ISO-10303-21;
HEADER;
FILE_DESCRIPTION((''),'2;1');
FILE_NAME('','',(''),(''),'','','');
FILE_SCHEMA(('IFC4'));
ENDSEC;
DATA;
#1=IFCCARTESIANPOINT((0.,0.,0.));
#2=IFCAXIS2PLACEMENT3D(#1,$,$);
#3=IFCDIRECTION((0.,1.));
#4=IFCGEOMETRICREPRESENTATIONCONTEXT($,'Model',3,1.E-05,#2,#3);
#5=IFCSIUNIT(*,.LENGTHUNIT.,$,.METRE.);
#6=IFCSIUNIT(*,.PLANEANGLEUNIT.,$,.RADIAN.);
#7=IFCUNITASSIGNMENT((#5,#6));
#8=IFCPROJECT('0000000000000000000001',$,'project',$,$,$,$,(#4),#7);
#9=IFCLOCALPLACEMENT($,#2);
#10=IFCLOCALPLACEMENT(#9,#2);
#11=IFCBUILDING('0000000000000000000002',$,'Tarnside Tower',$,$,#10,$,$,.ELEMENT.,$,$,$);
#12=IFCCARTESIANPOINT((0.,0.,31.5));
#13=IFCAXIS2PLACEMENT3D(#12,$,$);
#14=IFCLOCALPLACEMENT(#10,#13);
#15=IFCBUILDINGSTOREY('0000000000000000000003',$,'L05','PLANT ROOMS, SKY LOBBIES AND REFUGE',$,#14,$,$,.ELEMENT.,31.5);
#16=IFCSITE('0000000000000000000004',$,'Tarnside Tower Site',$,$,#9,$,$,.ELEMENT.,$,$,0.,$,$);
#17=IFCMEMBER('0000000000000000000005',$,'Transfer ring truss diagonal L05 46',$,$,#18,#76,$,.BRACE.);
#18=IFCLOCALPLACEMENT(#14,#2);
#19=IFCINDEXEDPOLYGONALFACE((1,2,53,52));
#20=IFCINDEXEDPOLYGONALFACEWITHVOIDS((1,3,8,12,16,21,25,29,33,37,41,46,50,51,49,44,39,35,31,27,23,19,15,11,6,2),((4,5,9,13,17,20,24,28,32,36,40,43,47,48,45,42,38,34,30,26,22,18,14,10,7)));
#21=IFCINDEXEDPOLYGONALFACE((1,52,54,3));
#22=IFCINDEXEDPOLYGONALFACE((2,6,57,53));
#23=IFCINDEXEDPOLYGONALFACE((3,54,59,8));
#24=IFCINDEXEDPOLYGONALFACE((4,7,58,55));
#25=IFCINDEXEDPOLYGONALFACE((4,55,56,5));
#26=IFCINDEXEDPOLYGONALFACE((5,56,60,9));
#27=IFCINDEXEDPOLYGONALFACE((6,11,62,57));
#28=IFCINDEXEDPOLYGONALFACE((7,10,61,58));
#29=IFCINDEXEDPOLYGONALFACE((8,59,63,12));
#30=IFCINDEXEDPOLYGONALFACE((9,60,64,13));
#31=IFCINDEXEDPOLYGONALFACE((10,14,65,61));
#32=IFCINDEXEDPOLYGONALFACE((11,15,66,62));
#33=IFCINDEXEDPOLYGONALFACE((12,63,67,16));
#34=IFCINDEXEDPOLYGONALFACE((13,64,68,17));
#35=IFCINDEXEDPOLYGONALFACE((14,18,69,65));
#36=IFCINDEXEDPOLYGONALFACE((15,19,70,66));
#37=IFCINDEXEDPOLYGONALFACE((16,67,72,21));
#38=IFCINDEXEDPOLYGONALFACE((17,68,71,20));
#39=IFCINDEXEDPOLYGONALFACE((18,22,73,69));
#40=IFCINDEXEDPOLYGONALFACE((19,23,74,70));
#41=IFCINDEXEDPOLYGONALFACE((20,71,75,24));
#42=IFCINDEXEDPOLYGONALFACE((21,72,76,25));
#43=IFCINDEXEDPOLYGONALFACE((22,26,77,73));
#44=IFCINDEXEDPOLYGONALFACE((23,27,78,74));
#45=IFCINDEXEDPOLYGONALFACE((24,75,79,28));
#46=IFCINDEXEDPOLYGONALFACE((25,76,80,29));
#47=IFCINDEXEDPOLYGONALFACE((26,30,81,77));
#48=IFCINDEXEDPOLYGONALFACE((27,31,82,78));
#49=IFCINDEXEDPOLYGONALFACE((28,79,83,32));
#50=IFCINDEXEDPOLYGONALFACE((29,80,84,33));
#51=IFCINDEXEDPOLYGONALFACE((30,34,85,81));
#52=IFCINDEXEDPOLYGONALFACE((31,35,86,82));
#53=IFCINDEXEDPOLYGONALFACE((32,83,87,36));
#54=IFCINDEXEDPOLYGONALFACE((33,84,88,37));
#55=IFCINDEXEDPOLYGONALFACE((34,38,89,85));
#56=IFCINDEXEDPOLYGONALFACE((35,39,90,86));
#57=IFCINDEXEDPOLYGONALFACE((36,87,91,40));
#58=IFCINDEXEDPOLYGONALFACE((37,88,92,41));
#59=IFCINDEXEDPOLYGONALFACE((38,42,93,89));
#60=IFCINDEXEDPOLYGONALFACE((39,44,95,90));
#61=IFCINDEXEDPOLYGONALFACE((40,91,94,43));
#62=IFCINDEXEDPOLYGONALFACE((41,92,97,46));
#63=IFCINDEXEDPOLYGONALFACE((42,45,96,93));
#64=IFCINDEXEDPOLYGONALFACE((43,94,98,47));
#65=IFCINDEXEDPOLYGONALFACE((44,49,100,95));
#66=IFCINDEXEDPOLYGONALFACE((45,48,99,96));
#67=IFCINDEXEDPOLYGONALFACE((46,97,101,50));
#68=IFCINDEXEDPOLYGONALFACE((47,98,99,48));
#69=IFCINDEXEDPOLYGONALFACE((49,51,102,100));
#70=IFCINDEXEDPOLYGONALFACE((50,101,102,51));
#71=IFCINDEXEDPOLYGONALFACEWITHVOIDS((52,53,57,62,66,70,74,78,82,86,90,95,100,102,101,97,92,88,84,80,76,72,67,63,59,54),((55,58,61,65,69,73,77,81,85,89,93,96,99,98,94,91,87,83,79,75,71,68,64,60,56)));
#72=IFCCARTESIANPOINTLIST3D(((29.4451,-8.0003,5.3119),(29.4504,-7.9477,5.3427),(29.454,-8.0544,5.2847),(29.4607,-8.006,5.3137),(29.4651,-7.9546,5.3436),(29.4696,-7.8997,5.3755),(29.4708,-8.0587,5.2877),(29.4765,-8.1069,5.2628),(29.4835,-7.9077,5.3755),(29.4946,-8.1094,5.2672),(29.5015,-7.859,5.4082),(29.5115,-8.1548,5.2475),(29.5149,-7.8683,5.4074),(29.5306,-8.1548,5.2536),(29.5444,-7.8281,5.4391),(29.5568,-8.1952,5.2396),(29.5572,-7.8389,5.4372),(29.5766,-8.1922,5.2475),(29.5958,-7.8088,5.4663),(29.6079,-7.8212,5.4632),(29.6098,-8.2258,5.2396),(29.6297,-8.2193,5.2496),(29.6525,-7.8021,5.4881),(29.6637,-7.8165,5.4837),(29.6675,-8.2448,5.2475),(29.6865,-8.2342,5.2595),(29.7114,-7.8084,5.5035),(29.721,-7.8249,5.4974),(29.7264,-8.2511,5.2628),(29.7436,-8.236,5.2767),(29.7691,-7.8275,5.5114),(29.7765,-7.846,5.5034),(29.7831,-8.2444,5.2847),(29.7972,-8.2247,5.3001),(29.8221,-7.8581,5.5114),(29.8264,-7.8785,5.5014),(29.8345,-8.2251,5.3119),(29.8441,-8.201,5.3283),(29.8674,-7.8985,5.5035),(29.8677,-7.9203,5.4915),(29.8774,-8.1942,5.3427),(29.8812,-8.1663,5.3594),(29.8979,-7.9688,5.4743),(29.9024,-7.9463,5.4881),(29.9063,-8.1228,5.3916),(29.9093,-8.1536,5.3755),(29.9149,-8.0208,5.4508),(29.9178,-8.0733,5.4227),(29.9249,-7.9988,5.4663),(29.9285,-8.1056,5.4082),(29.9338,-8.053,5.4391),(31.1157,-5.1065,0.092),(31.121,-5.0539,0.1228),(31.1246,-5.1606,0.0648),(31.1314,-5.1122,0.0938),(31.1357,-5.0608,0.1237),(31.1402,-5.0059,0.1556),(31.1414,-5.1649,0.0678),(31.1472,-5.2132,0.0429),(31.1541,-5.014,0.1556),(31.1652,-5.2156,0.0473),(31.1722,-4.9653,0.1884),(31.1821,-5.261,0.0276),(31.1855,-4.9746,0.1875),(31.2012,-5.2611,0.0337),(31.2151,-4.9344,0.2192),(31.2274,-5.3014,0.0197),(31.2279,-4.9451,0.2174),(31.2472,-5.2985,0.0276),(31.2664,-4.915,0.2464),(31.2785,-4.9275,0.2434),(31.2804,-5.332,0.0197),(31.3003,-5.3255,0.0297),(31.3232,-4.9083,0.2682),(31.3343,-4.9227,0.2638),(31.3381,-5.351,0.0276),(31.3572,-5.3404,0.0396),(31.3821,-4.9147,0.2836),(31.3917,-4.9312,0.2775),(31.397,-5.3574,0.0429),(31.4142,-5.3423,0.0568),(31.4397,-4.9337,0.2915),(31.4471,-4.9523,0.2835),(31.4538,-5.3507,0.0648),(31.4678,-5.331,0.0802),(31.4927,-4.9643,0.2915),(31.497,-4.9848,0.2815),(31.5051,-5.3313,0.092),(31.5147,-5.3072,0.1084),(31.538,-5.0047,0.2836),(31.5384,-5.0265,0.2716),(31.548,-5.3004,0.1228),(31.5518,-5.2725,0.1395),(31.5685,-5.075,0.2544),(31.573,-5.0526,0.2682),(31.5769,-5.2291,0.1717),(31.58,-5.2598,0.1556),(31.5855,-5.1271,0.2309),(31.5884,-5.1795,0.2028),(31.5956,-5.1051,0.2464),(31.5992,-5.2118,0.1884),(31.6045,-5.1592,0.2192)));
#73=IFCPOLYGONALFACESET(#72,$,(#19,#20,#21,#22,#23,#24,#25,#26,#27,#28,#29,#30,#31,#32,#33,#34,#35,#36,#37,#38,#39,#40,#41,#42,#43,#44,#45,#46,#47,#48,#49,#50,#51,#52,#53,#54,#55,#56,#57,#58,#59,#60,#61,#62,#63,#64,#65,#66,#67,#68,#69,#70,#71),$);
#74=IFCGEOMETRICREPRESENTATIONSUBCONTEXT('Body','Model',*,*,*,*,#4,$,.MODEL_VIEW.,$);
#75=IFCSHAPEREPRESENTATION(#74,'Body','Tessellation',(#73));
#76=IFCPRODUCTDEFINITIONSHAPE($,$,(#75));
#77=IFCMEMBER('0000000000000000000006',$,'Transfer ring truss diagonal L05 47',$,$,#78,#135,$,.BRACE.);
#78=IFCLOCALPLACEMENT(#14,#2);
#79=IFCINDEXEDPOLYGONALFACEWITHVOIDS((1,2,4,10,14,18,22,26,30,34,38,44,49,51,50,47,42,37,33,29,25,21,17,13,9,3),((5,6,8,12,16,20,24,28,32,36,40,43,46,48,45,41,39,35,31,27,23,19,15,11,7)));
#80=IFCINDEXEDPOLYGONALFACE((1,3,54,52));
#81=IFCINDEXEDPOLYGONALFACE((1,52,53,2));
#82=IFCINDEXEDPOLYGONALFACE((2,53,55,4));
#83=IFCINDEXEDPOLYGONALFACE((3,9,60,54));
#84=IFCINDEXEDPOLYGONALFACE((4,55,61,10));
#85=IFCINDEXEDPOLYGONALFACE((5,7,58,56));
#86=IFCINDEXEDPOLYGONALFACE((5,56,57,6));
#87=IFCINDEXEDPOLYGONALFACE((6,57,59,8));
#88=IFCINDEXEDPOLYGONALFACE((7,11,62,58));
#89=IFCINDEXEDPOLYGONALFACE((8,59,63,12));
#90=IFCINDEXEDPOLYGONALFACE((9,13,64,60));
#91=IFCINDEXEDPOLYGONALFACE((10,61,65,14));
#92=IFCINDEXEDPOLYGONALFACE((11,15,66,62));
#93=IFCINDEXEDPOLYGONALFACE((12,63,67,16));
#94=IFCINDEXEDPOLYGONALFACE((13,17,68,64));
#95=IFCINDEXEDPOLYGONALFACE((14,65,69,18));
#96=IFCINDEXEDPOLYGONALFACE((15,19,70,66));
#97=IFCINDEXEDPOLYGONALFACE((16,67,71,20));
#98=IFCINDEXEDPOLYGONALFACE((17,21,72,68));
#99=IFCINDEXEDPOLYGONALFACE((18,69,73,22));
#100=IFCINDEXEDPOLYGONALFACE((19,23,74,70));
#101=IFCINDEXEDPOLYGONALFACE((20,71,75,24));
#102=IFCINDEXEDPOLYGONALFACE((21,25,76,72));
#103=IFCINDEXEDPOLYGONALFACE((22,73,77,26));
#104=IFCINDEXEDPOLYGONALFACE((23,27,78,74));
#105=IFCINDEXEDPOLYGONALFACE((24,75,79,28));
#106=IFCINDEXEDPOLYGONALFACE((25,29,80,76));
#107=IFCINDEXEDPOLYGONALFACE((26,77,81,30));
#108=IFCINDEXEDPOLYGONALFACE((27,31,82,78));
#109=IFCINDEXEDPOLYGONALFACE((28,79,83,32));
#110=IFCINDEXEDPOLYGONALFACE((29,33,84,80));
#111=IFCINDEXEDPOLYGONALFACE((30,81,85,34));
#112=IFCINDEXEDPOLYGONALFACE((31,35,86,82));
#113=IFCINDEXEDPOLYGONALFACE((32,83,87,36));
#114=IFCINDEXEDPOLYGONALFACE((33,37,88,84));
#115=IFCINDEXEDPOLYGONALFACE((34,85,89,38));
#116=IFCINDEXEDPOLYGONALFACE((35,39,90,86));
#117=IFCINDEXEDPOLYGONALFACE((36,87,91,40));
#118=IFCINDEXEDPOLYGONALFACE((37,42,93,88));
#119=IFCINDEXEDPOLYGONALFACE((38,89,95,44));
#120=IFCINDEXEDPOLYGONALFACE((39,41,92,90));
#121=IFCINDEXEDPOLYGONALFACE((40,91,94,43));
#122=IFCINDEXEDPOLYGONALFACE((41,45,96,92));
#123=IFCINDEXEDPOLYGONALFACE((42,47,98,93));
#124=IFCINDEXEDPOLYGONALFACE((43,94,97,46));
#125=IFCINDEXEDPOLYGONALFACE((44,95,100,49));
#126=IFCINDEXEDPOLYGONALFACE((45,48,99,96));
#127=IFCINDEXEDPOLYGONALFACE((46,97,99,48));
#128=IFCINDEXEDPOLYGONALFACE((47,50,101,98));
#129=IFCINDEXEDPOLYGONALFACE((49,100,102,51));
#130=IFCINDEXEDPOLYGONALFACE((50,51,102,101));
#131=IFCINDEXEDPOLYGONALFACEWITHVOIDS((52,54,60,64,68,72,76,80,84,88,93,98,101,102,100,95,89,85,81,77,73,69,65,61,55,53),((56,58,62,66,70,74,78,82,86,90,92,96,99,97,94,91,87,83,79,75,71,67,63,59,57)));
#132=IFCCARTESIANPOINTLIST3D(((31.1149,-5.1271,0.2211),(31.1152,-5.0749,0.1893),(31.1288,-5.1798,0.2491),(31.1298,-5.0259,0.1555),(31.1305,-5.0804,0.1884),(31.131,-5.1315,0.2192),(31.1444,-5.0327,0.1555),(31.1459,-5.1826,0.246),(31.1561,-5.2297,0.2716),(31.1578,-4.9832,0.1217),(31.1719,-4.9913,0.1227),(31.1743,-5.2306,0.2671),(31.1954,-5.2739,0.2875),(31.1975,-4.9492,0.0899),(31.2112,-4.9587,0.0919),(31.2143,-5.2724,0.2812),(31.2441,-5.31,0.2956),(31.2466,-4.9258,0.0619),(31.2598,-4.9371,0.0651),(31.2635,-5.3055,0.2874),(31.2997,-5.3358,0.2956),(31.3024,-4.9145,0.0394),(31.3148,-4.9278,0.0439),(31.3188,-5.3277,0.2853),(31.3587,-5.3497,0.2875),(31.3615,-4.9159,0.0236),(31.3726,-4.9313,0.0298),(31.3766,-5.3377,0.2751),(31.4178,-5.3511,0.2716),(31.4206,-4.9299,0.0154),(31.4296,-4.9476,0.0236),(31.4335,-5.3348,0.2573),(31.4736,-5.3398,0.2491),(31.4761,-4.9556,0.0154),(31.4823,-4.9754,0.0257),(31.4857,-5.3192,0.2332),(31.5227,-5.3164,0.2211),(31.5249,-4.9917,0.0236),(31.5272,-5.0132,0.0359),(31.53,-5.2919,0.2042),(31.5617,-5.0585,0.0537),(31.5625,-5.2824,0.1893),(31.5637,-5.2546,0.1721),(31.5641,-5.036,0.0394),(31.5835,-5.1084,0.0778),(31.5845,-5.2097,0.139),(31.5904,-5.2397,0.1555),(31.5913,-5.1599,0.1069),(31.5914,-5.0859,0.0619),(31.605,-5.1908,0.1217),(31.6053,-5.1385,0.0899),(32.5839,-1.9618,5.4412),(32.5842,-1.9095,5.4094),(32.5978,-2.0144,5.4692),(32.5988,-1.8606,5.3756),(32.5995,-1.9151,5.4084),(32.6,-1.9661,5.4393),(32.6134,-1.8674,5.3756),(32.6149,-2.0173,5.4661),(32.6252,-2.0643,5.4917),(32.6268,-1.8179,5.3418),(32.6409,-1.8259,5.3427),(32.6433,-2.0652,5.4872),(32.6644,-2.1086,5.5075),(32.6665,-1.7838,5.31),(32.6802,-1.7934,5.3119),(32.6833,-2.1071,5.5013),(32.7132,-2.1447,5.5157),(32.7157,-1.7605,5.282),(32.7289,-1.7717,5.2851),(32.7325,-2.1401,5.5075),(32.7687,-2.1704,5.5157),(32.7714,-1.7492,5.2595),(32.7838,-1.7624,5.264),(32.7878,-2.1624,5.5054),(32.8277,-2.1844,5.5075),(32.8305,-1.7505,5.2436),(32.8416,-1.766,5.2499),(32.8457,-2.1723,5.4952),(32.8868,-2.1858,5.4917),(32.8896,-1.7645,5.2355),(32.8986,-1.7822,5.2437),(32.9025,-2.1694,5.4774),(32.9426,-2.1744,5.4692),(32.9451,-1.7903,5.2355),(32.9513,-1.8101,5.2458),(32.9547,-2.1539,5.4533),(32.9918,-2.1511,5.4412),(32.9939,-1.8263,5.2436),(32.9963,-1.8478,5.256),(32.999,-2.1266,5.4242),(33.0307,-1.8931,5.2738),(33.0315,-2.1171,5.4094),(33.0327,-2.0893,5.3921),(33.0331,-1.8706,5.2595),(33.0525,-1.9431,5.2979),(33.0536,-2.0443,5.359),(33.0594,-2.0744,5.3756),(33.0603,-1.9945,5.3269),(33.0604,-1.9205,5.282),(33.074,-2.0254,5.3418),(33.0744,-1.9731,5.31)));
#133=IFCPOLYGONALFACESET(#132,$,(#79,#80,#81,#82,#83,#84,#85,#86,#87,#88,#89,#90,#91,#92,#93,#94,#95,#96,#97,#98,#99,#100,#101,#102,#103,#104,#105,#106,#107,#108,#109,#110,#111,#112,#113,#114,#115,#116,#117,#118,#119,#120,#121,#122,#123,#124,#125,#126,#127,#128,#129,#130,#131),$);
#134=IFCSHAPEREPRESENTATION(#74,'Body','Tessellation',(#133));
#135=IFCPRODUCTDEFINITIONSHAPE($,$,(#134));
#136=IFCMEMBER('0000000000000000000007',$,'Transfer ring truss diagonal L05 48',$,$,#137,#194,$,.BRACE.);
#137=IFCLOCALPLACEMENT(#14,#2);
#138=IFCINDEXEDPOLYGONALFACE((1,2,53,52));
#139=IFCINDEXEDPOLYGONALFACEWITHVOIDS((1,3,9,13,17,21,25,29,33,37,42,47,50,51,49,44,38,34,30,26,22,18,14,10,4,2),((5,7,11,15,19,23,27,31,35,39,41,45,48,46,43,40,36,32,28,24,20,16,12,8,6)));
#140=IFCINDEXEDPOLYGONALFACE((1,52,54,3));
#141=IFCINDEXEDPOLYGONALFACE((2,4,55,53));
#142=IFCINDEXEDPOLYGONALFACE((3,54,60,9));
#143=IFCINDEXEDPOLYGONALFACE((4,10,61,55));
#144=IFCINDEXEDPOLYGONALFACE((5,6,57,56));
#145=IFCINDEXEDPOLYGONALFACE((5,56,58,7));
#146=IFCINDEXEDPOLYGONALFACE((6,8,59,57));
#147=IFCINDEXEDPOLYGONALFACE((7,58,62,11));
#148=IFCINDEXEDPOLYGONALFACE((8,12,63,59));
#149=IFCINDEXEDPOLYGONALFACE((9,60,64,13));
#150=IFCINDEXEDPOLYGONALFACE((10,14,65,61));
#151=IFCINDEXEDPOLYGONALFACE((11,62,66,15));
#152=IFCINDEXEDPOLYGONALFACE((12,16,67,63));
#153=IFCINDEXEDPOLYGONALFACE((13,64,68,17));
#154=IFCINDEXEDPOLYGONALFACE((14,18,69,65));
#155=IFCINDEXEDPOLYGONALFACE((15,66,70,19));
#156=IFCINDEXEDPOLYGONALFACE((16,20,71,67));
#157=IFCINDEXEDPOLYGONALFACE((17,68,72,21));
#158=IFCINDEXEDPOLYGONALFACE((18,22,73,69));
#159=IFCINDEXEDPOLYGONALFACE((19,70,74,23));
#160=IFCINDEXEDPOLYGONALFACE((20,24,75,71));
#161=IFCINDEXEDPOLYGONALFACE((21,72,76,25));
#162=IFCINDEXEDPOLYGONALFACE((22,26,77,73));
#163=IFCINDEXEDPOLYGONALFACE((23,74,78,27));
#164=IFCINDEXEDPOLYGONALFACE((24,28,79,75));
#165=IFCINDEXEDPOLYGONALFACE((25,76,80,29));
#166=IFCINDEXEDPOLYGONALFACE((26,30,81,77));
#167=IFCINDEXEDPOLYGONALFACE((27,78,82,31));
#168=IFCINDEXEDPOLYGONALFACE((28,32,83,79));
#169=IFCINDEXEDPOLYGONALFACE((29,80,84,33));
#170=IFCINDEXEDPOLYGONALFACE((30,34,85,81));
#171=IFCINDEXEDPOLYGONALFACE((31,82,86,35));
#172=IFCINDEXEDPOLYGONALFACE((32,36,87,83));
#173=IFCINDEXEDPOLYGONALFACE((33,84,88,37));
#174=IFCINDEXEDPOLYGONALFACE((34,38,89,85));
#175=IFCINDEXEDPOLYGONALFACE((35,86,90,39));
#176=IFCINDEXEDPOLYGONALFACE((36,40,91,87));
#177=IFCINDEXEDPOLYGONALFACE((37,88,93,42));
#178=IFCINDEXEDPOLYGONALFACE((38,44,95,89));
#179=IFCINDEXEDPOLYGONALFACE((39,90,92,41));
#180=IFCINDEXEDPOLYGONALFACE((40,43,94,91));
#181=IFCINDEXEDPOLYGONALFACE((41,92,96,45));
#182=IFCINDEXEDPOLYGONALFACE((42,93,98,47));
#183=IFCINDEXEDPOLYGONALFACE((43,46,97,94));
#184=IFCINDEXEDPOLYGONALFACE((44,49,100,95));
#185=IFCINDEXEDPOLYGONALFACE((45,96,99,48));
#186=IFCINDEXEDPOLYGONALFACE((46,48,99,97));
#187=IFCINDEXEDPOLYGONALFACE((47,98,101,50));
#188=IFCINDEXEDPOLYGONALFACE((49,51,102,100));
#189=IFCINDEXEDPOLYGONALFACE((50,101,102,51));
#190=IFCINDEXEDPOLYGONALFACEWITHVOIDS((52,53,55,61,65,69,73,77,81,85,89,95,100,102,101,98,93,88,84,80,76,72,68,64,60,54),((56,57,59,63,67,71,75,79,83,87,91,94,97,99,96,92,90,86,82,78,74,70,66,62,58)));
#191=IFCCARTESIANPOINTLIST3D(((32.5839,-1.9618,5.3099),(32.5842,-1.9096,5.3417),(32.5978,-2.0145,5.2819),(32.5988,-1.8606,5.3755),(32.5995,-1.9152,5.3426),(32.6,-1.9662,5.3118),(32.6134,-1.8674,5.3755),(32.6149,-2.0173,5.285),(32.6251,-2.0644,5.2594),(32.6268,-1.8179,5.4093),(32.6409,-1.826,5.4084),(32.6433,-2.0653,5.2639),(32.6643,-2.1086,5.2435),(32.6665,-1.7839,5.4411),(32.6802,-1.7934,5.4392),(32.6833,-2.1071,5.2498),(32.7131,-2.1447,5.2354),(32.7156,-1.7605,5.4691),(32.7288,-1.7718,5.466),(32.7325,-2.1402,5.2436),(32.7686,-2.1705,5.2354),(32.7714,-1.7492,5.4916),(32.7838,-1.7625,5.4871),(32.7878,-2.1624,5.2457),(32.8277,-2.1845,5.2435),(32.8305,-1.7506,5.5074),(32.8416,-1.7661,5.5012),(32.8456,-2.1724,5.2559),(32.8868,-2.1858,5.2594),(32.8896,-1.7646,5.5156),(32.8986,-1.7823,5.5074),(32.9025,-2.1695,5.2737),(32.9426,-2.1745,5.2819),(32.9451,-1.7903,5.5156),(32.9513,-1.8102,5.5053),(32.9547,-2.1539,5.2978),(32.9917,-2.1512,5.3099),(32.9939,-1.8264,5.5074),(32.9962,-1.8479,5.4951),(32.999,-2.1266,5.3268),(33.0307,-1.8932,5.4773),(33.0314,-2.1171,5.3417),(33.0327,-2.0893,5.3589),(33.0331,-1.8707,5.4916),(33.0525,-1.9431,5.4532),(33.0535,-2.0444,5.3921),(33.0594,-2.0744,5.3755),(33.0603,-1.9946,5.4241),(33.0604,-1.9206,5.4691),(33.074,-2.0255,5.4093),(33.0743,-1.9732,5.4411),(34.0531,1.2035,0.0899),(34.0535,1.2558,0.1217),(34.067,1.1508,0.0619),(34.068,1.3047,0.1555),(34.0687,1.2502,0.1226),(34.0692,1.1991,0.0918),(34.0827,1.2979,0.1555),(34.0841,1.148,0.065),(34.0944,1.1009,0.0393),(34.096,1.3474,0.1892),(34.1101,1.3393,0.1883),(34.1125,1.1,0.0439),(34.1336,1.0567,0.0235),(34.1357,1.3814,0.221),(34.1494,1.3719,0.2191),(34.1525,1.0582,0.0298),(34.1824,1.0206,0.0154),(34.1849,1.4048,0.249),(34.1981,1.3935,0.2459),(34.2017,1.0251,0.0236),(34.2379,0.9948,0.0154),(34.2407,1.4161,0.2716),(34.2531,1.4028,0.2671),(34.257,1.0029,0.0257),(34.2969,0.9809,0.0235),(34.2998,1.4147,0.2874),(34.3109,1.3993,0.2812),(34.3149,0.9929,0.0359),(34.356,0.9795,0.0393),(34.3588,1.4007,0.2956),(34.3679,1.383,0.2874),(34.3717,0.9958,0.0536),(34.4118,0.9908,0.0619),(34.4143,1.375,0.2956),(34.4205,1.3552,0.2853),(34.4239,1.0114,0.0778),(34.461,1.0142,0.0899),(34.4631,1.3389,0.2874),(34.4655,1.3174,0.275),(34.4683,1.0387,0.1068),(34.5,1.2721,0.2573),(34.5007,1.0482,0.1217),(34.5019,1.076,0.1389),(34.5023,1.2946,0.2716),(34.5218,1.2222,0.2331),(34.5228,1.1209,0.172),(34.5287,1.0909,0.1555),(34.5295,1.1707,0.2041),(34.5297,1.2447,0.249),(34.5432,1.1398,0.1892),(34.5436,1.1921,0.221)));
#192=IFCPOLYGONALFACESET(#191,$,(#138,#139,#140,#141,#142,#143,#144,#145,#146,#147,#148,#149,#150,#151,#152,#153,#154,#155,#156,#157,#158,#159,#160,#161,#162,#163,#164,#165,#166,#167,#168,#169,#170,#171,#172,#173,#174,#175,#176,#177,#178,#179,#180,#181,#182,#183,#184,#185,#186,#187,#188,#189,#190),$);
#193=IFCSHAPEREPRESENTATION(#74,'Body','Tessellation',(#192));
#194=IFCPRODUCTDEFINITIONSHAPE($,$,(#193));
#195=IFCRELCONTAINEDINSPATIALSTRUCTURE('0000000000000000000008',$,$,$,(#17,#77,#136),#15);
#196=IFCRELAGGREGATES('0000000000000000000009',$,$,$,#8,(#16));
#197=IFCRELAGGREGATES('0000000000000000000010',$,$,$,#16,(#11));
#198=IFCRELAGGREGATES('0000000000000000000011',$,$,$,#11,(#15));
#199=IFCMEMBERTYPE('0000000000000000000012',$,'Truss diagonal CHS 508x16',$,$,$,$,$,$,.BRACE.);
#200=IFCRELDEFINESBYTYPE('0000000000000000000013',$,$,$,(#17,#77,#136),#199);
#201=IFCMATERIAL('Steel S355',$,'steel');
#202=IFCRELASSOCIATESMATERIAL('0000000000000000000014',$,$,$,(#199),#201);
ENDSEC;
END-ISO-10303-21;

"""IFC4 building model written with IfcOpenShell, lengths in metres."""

from ifc_helpers import new_model, si_unit, direction, frame, origin, origin_2d, place, context, subcontext, project, spatial, hollow_circle, extrude, material, material_profile, profile_set, type_object, element, save


model = new_model("IFC4")

# Units and contexts
model_context = context("Model", 3, precision=1e-05, world=origin(), true_north=direction((0.0, 1.0)))
body_context = subcontext(model_context, "Body", "Model", "MODEL_VIEW")
ifc_project = project(units=[si_unit("LENGTHUNIT", "METRE"), si_unit("PLANEANGLEUNIT", "RADIAN")], contexts=[model_context])

# Site, building, storey
site_placement = place(None, origin())
site = spatial("IfcSite", under=ifc_project, at=site_placement, Name="Tarnside Tower Site", CompositionType="ELEMENT", RefElevation=0.0)
building_placement = place(site_placement, origin())
building = spatial("IfcBuilding", under=site, at=building_placement, Name="Tarnside Tower", CompositionType="ELEMENT")
storey_placement = place(building_placement, frame((0.0, 0.0, 31.5)))
storey = spatial("IfcBuildingStorey", under=building, at=storey_placement, Name="L05", Description="PLANT ROOMS, SKY LOBBIES AND REFUGE", CompositionType="ELEMENT", Elevation=31.5)

# Shared definitions
ifc_material_1 = material(Name="Steel S355", Category="steel")

# Members
ifc_material_profile_1 = material_profile(ifc_material_1, hollow_circle(Radius=0.2539, WallThickness=0.0161, at=origin_2d()), Name="CHS 508x16")
ifc_profile_set_1 = profile_set([ifc_material_profile_1], Name="Steel S355")
member_type_1 = type_object("IfcMemberType", Name="Truss diagonal CHS 508x16", PredefinedType="BRACE", material=ifc_profile_set_1)
for number, where, z_axis, x_axis, name in (
    (1, (29.6895, -8.0266, 5.3755), (0.269554, 0.466904, -0.842224), (-0.866036, 0.499982, 0.0), "Transfer ring truss diagonal L05 46"),
):
    element("IfcMember", number, at=place(storey_placement, frame(where, z_axis=z_axis, x_axis=x_axis)), inside=storey, type_object=member_type_1, Name=name, PredefinedType="BRACE", context=body_context, shape_type="SweptSolid", body=[
        extrude(hollow_circle(Radius=0.2539, WallThickness=0.0161, at=origin_2d()), origin(), (0.0, 0.0, 1.0), 6.1978),
    ])
for number, where, z_axis, x_axis, name in (
    (2, (31.3601, -5.1328, 0.1555), (0.233956, 0.504111, 0.831346), (-0.907075, 0.420969, 0.0), "Transfer ring truss diagonal L05 47"),
    (3, (32.8291, -1.9675, 5.3755), (0.233993, 0.504107, -0.831339), (-0.907048, 0.421027, 0.0), "Transfer ring truss diagonal L05 48"),
):
    element("IfcMember", number, at=place(storey_placement, frame(where, z_axis=z_axis, x_axis=x_axis)), inside=storey, type_object=member_type_1, Name=name, PredefinedType="BRACE", context=body_context, shape_type="SweptSolid", body=[
        extrude(hollow_circle(Radius=0.2539, WallThickness=0.0161, at=origin_2d()), origin(), (0.0, 0.0, 1.0), 6.2791),
    ])

save(model, "model.ifc")
